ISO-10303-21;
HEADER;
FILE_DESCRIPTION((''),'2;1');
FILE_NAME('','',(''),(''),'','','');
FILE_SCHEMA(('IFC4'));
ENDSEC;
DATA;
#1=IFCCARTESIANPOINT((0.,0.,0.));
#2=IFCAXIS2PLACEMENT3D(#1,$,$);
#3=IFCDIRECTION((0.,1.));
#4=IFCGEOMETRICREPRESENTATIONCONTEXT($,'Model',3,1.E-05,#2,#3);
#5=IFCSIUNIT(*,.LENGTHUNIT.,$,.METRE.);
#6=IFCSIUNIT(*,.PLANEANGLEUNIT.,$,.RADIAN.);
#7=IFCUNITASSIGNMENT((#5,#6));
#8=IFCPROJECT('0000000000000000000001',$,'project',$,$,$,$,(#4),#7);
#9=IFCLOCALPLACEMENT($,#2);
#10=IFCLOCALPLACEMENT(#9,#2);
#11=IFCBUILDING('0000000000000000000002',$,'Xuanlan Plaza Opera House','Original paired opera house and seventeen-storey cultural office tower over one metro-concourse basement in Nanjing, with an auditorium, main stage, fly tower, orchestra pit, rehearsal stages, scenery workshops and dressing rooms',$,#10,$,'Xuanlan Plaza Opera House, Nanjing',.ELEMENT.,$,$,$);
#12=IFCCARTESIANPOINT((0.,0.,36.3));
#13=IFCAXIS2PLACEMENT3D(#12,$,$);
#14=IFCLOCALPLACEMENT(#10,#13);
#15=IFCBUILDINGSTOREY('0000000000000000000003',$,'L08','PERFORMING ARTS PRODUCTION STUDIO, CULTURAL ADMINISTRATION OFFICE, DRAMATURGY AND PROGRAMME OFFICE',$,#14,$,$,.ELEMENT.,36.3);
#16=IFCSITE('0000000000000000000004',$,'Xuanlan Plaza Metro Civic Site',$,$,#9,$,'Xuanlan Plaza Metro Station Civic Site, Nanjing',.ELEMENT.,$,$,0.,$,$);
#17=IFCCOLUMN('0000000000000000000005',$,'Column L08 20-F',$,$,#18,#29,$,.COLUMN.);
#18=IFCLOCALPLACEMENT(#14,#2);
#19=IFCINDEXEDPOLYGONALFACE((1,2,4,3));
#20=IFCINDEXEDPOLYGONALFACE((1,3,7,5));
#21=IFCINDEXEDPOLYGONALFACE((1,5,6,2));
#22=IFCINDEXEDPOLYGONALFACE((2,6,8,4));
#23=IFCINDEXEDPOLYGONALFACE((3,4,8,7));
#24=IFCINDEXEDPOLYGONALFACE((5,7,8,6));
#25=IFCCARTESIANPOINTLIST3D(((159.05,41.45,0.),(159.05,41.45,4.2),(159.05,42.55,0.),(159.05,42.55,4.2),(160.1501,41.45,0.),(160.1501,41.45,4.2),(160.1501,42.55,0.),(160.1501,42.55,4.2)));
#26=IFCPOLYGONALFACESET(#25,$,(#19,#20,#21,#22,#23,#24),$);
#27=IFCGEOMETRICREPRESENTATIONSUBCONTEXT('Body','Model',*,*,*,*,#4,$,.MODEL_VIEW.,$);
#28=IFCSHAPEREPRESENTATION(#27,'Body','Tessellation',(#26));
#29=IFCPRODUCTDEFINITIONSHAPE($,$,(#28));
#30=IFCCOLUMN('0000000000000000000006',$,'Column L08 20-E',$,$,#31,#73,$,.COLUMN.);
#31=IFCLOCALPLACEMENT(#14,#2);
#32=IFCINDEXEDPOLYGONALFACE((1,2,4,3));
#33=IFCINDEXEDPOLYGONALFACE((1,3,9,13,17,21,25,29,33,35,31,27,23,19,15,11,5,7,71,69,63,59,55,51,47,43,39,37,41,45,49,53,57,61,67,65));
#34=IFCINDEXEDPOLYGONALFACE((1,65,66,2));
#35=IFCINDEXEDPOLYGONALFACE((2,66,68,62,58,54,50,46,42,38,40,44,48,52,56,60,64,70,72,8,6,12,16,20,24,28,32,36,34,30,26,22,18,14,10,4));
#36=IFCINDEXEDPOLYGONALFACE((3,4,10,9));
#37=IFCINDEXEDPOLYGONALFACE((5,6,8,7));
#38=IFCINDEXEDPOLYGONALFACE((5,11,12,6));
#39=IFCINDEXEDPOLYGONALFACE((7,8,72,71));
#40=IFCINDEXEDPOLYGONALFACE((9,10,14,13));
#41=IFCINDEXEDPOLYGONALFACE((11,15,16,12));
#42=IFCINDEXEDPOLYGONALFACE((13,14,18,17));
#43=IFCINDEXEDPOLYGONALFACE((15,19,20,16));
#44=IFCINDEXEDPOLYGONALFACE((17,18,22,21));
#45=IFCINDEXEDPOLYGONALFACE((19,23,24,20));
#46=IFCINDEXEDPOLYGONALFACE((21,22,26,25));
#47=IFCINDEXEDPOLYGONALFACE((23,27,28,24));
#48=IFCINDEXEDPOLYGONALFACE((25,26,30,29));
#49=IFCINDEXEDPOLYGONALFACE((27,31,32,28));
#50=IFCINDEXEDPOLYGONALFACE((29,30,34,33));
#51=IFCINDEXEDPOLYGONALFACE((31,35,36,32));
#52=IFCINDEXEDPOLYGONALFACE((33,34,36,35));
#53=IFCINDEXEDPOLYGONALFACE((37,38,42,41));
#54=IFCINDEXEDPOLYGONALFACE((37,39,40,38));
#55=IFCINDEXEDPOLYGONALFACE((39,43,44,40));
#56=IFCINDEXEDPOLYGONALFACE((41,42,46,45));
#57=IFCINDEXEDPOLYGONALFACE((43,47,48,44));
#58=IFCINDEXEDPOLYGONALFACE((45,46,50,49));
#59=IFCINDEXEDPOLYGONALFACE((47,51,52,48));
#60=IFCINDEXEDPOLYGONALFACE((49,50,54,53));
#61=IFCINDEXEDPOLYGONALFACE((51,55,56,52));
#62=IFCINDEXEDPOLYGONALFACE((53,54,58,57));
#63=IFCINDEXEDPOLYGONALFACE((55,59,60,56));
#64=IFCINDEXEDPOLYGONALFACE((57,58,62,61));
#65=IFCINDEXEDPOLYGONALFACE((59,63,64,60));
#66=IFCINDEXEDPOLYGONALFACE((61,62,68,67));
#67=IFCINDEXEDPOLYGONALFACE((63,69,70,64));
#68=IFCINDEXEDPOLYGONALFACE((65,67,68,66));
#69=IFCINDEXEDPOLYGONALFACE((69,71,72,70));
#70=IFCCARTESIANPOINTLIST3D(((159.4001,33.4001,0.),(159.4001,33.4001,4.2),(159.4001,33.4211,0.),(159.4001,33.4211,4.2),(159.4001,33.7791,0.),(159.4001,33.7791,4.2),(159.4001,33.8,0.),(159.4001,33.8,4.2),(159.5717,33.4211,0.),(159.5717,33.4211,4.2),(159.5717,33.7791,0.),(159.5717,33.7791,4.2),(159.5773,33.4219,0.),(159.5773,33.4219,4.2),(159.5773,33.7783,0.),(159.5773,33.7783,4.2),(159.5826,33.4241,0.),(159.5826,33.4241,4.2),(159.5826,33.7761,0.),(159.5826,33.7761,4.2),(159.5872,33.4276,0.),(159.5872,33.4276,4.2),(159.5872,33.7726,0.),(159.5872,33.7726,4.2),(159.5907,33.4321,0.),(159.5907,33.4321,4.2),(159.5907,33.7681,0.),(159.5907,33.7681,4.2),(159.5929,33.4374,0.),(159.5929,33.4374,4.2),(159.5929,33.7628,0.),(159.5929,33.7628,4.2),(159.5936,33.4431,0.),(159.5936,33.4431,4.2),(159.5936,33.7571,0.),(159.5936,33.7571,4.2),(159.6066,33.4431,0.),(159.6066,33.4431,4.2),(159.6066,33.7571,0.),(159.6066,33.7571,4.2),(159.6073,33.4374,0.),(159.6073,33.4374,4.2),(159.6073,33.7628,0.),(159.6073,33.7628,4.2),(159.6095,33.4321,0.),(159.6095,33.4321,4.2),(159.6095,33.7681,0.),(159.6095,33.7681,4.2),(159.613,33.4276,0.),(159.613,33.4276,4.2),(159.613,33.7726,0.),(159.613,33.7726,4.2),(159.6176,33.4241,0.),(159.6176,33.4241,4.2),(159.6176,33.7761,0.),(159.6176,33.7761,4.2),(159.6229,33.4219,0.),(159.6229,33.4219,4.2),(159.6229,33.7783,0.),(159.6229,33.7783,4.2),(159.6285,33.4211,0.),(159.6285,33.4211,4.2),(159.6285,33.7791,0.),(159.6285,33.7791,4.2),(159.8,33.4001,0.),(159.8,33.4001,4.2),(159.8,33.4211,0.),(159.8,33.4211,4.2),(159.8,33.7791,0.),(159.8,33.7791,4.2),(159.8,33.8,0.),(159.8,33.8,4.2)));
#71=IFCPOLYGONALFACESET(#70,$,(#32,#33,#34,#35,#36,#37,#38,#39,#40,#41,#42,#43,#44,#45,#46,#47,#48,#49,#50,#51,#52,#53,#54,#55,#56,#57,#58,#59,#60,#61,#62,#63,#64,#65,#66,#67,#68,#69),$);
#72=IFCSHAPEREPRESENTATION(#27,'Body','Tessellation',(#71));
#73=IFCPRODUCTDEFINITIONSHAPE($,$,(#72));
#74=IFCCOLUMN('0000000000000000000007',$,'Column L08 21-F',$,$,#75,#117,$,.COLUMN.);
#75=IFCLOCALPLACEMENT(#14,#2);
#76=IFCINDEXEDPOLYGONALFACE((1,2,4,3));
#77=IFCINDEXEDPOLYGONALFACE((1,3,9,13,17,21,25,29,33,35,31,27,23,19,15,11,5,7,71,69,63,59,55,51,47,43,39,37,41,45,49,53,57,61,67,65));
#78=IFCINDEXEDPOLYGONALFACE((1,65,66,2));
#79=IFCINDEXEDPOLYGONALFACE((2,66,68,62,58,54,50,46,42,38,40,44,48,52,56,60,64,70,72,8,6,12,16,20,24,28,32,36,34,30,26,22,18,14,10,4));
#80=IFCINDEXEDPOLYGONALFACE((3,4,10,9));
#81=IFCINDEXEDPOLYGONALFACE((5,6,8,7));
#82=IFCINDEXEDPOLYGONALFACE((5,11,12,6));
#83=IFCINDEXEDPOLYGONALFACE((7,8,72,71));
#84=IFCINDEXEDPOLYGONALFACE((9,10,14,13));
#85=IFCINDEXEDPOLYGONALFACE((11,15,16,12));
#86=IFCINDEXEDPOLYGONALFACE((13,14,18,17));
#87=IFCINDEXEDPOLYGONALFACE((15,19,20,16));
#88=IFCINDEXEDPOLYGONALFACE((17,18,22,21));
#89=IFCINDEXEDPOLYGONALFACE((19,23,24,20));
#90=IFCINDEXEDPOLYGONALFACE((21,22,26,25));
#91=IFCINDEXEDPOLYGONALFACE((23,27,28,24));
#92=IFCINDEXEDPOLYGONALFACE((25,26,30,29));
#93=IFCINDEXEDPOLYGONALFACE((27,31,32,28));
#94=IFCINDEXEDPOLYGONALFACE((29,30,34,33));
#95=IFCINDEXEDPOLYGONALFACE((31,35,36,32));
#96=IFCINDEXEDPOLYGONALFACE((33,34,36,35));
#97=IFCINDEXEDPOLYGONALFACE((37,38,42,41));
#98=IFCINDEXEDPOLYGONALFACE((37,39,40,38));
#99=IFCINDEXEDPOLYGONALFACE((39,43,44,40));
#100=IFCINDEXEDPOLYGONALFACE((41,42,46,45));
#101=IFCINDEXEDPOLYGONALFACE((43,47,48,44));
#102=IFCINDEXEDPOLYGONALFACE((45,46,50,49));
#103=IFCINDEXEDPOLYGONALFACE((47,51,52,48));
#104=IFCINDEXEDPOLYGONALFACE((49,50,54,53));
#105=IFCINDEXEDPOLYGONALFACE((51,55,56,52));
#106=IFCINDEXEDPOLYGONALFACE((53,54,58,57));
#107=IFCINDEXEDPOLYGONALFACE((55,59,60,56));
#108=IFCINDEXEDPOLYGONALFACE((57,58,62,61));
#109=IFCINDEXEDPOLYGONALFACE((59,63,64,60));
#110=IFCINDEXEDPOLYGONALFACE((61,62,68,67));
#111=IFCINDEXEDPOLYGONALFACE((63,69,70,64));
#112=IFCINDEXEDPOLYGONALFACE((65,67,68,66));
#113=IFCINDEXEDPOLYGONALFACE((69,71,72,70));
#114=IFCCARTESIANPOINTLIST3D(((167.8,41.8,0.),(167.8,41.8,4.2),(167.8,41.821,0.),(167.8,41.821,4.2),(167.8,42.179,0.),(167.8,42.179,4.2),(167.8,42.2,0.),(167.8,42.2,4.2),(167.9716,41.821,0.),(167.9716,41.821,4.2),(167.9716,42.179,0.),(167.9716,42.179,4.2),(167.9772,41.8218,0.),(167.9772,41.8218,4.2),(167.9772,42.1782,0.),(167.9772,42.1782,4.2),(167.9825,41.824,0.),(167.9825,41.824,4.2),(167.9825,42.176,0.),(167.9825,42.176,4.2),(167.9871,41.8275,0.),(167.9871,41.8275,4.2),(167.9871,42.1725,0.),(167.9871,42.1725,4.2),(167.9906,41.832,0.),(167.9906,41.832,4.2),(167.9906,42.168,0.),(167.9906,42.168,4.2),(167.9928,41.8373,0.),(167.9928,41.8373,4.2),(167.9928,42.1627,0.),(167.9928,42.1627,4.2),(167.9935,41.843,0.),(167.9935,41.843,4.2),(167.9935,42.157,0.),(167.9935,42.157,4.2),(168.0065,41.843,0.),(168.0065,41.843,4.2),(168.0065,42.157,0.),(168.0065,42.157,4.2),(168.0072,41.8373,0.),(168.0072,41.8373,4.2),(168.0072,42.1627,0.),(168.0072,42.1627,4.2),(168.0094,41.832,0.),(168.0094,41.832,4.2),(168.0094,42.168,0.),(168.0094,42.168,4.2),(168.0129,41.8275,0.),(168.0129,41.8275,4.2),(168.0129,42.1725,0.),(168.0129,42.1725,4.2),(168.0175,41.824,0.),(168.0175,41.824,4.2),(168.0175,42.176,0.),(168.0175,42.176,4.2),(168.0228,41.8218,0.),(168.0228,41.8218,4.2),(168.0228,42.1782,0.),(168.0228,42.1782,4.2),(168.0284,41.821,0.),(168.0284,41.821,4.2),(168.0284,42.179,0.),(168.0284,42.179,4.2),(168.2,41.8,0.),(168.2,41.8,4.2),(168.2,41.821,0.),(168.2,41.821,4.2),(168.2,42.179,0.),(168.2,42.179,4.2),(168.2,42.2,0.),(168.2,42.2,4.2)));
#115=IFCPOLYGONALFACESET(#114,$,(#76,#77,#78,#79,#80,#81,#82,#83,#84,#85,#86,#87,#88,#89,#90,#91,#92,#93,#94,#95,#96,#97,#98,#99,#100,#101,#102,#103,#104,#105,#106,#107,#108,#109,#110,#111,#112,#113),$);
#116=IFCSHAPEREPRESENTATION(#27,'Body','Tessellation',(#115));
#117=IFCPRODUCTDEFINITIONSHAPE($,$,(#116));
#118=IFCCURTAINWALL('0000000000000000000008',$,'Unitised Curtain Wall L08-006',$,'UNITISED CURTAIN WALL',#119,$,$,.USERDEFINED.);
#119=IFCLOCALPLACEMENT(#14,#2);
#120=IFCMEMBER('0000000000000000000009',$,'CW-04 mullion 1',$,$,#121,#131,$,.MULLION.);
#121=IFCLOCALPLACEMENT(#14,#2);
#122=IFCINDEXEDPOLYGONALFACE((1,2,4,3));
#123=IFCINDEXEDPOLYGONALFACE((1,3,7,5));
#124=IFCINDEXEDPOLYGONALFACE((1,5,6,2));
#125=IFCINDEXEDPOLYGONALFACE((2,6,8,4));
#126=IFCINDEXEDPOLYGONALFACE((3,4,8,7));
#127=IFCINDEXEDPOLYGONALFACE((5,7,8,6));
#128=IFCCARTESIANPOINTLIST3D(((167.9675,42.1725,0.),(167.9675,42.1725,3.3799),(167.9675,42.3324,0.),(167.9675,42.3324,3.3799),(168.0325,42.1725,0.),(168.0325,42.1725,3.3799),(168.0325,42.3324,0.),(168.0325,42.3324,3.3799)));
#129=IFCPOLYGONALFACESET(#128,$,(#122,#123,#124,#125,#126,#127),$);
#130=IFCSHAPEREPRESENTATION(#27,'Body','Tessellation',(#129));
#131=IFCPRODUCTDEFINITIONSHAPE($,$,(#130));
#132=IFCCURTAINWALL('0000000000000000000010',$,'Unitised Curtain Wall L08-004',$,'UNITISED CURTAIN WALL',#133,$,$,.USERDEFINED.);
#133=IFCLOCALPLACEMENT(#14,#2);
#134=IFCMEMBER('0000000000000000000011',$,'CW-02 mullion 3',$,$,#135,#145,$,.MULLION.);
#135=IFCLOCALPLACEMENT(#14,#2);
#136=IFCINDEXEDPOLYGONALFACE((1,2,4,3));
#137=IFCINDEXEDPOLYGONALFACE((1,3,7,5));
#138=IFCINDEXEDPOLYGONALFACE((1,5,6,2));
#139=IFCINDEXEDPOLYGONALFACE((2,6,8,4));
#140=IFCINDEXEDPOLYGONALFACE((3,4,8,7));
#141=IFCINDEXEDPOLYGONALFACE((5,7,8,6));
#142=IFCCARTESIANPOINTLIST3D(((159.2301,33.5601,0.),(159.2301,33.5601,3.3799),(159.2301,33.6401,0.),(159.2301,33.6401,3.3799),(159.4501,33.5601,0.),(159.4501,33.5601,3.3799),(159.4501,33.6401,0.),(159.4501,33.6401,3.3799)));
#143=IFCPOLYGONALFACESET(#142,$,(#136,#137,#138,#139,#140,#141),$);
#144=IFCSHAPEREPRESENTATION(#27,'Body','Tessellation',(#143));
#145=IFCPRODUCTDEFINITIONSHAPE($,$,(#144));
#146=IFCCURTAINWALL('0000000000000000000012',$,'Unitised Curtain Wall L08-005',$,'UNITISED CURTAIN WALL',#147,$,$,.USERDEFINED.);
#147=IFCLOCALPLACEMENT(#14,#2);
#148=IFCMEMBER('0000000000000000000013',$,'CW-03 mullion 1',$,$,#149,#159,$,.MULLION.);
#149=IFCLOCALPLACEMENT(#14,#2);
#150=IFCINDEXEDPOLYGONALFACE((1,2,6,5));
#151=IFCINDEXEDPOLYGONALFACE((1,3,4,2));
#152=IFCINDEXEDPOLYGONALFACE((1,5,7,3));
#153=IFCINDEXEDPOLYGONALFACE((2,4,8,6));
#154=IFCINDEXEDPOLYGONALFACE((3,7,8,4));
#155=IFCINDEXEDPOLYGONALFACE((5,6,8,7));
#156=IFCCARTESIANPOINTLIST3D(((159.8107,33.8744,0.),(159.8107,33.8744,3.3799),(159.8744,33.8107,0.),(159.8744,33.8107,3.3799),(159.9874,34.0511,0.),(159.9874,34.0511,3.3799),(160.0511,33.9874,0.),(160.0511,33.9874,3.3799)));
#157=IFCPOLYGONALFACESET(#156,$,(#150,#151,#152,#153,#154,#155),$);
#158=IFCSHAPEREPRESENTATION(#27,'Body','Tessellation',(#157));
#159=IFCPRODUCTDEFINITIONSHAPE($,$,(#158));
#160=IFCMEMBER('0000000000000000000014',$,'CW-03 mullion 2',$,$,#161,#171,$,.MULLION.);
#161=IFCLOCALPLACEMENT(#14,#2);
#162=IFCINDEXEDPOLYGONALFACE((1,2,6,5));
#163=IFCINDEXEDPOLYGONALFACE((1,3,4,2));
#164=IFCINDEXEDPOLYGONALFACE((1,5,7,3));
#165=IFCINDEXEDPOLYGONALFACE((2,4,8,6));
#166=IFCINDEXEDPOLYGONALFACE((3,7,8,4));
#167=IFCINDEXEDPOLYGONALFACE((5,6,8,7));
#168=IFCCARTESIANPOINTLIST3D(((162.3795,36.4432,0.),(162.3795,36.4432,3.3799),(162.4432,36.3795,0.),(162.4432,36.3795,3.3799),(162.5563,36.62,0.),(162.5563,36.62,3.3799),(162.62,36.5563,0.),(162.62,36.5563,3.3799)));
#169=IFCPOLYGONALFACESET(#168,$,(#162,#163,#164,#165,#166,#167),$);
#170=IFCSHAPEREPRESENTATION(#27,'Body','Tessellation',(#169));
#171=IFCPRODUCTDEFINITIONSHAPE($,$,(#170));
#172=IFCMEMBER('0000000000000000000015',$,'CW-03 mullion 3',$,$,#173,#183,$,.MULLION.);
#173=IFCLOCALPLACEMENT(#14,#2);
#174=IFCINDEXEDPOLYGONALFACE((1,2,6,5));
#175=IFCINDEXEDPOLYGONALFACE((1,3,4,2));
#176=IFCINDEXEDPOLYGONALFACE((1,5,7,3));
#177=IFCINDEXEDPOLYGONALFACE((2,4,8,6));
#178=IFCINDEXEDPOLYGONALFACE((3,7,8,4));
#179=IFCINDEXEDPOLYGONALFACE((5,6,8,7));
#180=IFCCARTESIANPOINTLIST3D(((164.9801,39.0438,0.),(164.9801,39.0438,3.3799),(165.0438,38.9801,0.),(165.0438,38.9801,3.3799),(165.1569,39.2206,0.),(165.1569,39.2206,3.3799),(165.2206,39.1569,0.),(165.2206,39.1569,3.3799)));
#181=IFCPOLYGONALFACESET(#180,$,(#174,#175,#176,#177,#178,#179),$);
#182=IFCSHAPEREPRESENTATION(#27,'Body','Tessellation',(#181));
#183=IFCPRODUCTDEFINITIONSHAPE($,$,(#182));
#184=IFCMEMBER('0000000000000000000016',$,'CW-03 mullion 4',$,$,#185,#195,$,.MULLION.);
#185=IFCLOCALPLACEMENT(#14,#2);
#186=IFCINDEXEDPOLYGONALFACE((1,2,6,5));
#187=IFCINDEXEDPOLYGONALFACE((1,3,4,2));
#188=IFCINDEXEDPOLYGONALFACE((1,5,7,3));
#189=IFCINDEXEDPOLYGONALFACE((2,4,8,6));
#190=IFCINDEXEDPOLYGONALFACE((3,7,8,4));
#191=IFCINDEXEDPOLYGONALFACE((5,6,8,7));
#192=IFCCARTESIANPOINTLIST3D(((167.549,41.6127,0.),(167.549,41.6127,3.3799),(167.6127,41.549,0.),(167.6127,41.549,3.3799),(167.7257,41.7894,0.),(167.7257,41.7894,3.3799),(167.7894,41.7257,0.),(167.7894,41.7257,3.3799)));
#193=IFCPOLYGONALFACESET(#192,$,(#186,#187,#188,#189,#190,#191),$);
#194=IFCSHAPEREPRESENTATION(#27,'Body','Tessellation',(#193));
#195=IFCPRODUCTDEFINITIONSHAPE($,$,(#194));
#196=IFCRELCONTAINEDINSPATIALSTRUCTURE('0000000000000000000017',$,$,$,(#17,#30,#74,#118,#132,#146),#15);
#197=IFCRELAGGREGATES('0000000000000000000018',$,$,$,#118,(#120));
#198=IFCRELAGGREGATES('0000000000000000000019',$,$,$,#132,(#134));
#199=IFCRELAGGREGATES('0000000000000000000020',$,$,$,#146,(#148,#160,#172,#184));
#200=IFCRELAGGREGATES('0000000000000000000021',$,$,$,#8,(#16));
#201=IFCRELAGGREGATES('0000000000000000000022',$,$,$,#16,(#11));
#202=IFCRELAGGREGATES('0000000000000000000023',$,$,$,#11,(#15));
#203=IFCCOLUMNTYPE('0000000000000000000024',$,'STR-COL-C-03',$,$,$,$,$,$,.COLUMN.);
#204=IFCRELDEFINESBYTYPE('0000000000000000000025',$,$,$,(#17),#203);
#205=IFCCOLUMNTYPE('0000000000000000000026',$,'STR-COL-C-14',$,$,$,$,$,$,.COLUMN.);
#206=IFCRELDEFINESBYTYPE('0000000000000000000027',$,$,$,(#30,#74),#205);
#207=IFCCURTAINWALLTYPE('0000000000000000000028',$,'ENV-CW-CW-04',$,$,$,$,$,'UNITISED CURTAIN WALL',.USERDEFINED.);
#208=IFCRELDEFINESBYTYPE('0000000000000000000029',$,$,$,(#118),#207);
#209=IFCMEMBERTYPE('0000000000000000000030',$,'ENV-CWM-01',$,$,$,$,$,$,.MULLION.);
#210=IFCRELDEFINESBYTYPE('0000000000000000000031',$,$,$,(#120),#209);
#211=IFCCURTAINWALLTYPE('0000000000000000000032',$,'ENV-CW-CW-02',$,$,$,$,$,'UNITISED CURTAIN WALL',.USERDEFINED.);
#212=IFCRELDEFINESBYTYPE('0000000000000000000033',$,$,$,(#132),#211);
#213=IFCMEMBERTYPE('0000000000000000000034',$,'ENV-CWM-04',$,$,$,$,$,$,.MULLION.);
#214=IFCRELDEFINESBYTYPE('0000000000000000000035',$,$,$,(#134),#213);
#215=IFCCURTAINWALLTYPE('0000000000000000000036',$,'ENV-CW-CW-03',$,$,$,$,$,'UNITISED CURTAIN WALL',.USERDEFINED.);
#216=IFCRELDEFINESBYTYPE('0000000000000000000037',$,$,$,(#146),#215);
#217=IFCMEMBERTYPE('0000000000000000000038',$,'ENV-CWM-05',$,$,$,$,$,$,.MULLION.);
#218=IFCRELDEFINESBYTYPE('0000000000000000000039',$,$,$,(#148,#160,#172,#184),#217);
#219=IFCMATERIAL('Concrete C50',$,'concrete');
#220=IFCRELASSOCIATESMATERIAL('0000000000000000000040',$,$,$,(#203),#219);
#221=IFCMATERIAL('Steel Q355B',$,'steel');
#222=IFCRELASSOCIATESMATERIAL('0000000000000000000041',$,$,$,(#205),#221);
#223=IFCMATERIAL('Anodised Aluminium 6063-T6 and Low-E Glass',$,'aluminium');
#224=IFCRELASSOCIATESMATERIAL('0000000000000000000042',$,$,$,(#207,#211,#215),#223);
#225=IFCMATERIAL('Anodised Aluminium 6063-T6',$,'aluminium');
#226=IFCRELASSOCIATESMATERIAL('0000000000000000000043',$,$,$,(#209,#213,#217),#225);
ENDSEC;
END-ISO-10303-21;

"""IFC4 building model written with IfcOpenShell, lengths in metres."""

from ifc_helpers import new_model, si_unit, direction, frame, origin, origin_2d, place, context, subcontext, project, spatial, rectangle, i_section, extrude, material, material_profile, profile_set, type_object, element, aggregate, save


model = new_model("IFC4")

# Units and contexts
model_context = context("Model", 3, precision=1e-05, world=origin(), true_north=direction((0.0, 1.0)))
body_context = subcontext(model_context, "Body", "Model", "MODEL_VIEW")
ifc_project = project(units=[si_unit("LENGTHUNIT", "METRE"), si_unit("PLANEANGLEUNIT", "RADIAN")], contexts=[model_context])

# Site, building, storey
site_placement = place(None, origin())
site = spatial("IfcSite", under=ifc_project, at=site_placement, Name="Xuanlan Plaza Metro Civic Site", LongName="Xuanlan Plaza Metro Station Civic Site, Nanjing", CompositionType="ELEMENT", RefElevation=0.0)
building_placement = place(site_placement, origin())
building = spatial("IfcBuilding", under=site, at=building_placement, Name="Xuanlan Plaza Opera House", Description="Original paired opera house and seventeen-storey cultural office tower over one metro-concourse basement in Nanjing, with an auditorium, main stage, fly tower, orchestra pit, rehearsal stages, scenery workshops and dressing rooms", LongName="Xuanlan Plaza Opera House, Nanjing", CompositionType="ELEMENT")
storey_placement = place(building_placement, frame((0.0, 0.0, 36.3)))
storey = spatial("IfcBuildingStorey", under=building, at=storey_placement, Name="L08", Description="PERFORMING ARTS PRODUCTION STUDIO, CULTURAL ADMINISTRATION OFFICE, DRAMATURGY AND PROGRAMME OFFICE", CompositionType="ELEMENT", Elevation=36.3)

# Columns
ifc_material_1 = material(Name="Concrete C50", Category="concrete")
ifc_material_profile_1 = material_profile(ifc_material_1, rectangle(XDim=1.1001, YDim=1.1001, at=origin_2d()), Name="RC-COL 1100x1100")
ifc_profile_set_1 = profile_set([ifc_material_profile_1], Name="Concrete C50")
column_type_1 = type_object("IfcColumnType", Name="STR-COL-C-03", PredefinedType="COLUMN", material=ifc_profile_set_1)
column_placement = place(storey_placement, frame((159.6001, 42.0, 0.0), z_axis=(0.0, 0.0, 1.0), x_axis=(1.0, 0.0, 0.0)))
element("IfcColumn", 1, at=column_placement, inside=storey, type_object=column_type_1, Name="Column L08 20-F", PredefinedType="COLUMN", context=body_context, shape_type="SweptSolid", body=[
    extrude(rectangle(XDim=1.1001, YDim=1.1001, at=origin_2d()), origin(), (0.0, 0.0, 1.0), 4.2),
])
ifc_material_2 = material(Name="Steel Q355B", Category="steel")
ifc_material_profile_2 = material_profile(ifc_material_2, i_section(OverallWidth=0.3999, OverallDepth=0.3999, WebThickness=0.0129, FlangeThickness=0.021, FilletRadius=0.022, at=origin_2d()), Name="HW 400x400x13x21")
ifc_profile_set_2 = profile_set([ifc_material_profile_2], Name="Steel Q355B")
column_type_2 = type_object("IfcColumnType", Name="STR-COL-C-14", PredefinedType="COLUMN", material=ifc_profile_set_2)
for number, where, z_axis, x_axis, name in (
    (2, (159.6001, 33.6001, 0.0), (0.0, 0.0, 1.0), (1.0, 0.0, 0.0), "Column L08 20-E"),
    (3, (168.0, 42.0, 0.0), (0.0, 0.0, 1.0), (1.0, 0.0, 0.0), "Column L08 21-F"),
):
    element("IfcColumn", number, at=place(storey_placement, frame(where, z_axis=z_axis, x_axis=x_axis)), inside=storey, type_object=column_type_2, Name=name, PredefinedType="COLUMN", context=body_context, shape_type="SweptSolid", body=[
        extrude(i_section(OverallWidth=0.3999, OverallDepth=0.3999, WebThickness=0.0129, FlangeThickness=0.021, FilletRadius=0.022, at=origin_2d()), origin(), (0.0, 0.0, 1.0), 4.2),
    ])

# Curtain walls, members
ifc_material_3 = material(Name="Anodised Aluminium 6063-T6 and Low-E Glass", Category="aluminium")
curtain_wall_type_1 = type_object("IfcCurtainWallType", Name="ENV-CW-CW-04", ElementType="UNITISED CURTAIN WALL", PredefinedType="USERDEFINED", material=ifc_material_3)
curtain_wall_1_placement = place(storey_placement, origin())
curtain_wall_1 = element("IfcCurtainWall", 4, at=curtain_wall_1_placement, inside=storey, type_object=curtain_wall_type_1, Name="Unitised Curtain Wall L08-006", ObjectType="UNITISED CURTAIN WALL", PredefinedType="USERDEFINED")
ifc_material_4 = material(Name="Anodised Aluminium 6063-T6", Category="aluminium")
ifc_material_profile_3 = material_profile(ifc_material_4, rectangle(XDim=0.0649, YDim=0.1599, at=origin_2d()), Name="ALU-M 65x160")
ifc_profile_set_3 = profile_set([ifc_material_profile_3], Name="Anodised Aluminium 6063-T6")
member_type_1 = type_object("IfcMemberType", Name="ENV-CWM-01", PredefinedType="MULLION", material=ifc_profile_set_3)
member_1_placement = place(storey_placement, frame((168.0, 42.2524, 0.0), z_axis=(0.0, 0.0, 1.0), x_axis=(-1.0, 0.0, 0.0)))
member_1 = element("IfcMember", 5, at=member_1_placement, type_object=member_type_1, Name="CW-04 mullion 1", PredefinedType="MULLION", context=body_context, shape_type="SweptSolid", body=[
    extrude(rectangle(XDim=0.0649, YDim=0.1599, at=origin_2d()), origin(), (0.0, 0.0, 1.0), 3.3799),
])
aggregate(curtain_wall_1, [member_1])
curtain_wall_type_2 = type_object("IfcCurtainWallType", Name="ENV-CW-CW-02", ElementType="UNITISED CURTAIN WALL", PredefinedType="USERDEFINED", material=ifc_material_3)
curtain_wall_2_placement = place(storey_placement, origin())
curtain_wall_2 = element("IfcCurtainWall", 6, at=curtain_wall_2_placement, inside=storey, type_object=curtain_wall_type_2, Name="Unitised Curtain Wall L08-004", ObjectType="UNITISED CURTAIN WALL", PredefinedType="USERDEFINED")
ifc_material_profile_4 = material_profile(ifc_material_4, rectangle(XDim=0.0801, YDim=0.22, at=origin_2d()), Name="ALU-M 80x220")
ifc_profile_set_4 = profile_set([ifc_material_profile_4], Name="Anodised Aluminium 6063-T6")
member_type_2 = type_object("IfcMemberType", Name="ENV-CWM-04", PredefinedType="MULLION", material=ifc_profile_set_4)
member_2_placement = place(storey_placement, frame((159.3401, 33.6001, 0.0), z_axis=(0.0, 0.0, 1.0), x_axis=(0.0, 1.0, 0.0)))
member_2 = element("IfcMember", 7, at=member_2_placement, type_object=member_type_2, Name="CW-02 mullion 3", PredefinedType="MULLION", context=body_context, shape_type="SweptSolid", body=[
    extrude(rectangle(XDim=0.0801, YDim=0.22, at=origin_2d()), origin(), (0.0, 0.0, 1.0), 3.3799),
])

# Curtain wall, members
curtain_wall_type_3 = type_object("IfcCurtainWallType", Name="ENV-CW-CW-03", ElementType="UNITISED CURTAIN WALL", PredefinedType="USERDEFINED", material=ifc_material_3)
curtain_wall_3_placement = place(storey_placement, origin())
curtain_wall_3 = element("IfcCurtainWall", 8, at=curtain_wall_3_placement, inside=storey, type_object=curtain_wall_type_3, Name="Unitised Curtain Wall L08-005", ObjectType="UNITISED CURTAIN WALL", PredefinedType="USERDEFINED")
ifc_material_profile_5 = material_profile(ifc_material_4, rectangle(XDim=0.0901, YDim=0.25, at=origin_2d()), Name="ALU-M 90x250")
ifc_profile_set_5 = profile_set([ifc_material_profile_5], Name="Anodised Aluminium 6063-T6")
member_type_3 = type_object("IfcMemberType", Name="ENV-CWM-05", PredefinedType="MULLION", material=ifc_profile_set_5)
member_3_placement = place(storey_placement, frame((159.9309, 33.9309, 0.0), z_axis=(0.0, 0.0, 1.0), x_axis=(-0.707107, 0.707107, 0.0)))
member_3 = element("IfcMember", 9, at=member_3_placement, type_object=member_type_3, Name="CW-03 mullion 1", PredefinedType="MULLION", context=body_context, shape_type="SweptSolid", body=[
    extrude(rectangle(XDim=0.0901, YDim=0.25, at=origin_2d()), origin(), (0.0, 0.0, 1.0), 3.3799),
])
member_4_placement = place(storey_placement, frame((162.4998, 36.4998, 0.0), z_axis=(0.0, 0.0, 1.0), x_axis=(-0.707107, 0.707107, 0.0)))
member_4 = element("IfcMember", 10, at=member_4_placement, type_object=member_type_3, Name="CW-03 mullion 2", PredefinedType="MULLION", context=body_context, shape_type="SweptSolid", body=[
    extrude(rectangle(XDim=0.0901, YDim=0.25, at=origin_2d()), origin(), (0.0, 0.0, 1.0), 3.3799),
])
member_5_placement = place(storey_placement, frame((165.1003, 39.1003, 0.0), z_axis=(0.0, 0.0, 1.0), x_axis=(-0.707107, 0.707107, 0.0)))
member_5 = element("IfcMember", 11, at=member_5_placement, type_object=member_type_3, Name="CW-03 mullion 3", PredefinedType="MULLION", context=body_context, shape_type="SweptSolid", body=[
    extrude(rectangle(XDim=0.0901, YDim=0.25, at=origin_2d()), origin(), (0.0, 0.0, 1.0), 3.3799),
])
member_6_placement = place(storey_placement, frame((167.6692, 41.6692, 0.0), z_axis=(0.0, 0.0, 1.0), x_axis=(-0.707107, 0.707107, 0.0)))
member_6 = element("IfcMember", 12, at=member_6_placement, type_object=member_type_3, Name="CW-03 mullion 4", PredefinedType="MULLION", context=body_context, shape_type="SweptSolid", body=[
    extrude(rectangle(XDim=0.0901, YDim=0.25, at=origin_2d()), origin(), (0.0, 0.0, 1.0), 3.3799),
])

aggregate(curtain_wall_2, [member_2])
aggregate(curtain_wall_3, [member_3, member_4, member_5, member_6])

save(model, "model.ifc")
